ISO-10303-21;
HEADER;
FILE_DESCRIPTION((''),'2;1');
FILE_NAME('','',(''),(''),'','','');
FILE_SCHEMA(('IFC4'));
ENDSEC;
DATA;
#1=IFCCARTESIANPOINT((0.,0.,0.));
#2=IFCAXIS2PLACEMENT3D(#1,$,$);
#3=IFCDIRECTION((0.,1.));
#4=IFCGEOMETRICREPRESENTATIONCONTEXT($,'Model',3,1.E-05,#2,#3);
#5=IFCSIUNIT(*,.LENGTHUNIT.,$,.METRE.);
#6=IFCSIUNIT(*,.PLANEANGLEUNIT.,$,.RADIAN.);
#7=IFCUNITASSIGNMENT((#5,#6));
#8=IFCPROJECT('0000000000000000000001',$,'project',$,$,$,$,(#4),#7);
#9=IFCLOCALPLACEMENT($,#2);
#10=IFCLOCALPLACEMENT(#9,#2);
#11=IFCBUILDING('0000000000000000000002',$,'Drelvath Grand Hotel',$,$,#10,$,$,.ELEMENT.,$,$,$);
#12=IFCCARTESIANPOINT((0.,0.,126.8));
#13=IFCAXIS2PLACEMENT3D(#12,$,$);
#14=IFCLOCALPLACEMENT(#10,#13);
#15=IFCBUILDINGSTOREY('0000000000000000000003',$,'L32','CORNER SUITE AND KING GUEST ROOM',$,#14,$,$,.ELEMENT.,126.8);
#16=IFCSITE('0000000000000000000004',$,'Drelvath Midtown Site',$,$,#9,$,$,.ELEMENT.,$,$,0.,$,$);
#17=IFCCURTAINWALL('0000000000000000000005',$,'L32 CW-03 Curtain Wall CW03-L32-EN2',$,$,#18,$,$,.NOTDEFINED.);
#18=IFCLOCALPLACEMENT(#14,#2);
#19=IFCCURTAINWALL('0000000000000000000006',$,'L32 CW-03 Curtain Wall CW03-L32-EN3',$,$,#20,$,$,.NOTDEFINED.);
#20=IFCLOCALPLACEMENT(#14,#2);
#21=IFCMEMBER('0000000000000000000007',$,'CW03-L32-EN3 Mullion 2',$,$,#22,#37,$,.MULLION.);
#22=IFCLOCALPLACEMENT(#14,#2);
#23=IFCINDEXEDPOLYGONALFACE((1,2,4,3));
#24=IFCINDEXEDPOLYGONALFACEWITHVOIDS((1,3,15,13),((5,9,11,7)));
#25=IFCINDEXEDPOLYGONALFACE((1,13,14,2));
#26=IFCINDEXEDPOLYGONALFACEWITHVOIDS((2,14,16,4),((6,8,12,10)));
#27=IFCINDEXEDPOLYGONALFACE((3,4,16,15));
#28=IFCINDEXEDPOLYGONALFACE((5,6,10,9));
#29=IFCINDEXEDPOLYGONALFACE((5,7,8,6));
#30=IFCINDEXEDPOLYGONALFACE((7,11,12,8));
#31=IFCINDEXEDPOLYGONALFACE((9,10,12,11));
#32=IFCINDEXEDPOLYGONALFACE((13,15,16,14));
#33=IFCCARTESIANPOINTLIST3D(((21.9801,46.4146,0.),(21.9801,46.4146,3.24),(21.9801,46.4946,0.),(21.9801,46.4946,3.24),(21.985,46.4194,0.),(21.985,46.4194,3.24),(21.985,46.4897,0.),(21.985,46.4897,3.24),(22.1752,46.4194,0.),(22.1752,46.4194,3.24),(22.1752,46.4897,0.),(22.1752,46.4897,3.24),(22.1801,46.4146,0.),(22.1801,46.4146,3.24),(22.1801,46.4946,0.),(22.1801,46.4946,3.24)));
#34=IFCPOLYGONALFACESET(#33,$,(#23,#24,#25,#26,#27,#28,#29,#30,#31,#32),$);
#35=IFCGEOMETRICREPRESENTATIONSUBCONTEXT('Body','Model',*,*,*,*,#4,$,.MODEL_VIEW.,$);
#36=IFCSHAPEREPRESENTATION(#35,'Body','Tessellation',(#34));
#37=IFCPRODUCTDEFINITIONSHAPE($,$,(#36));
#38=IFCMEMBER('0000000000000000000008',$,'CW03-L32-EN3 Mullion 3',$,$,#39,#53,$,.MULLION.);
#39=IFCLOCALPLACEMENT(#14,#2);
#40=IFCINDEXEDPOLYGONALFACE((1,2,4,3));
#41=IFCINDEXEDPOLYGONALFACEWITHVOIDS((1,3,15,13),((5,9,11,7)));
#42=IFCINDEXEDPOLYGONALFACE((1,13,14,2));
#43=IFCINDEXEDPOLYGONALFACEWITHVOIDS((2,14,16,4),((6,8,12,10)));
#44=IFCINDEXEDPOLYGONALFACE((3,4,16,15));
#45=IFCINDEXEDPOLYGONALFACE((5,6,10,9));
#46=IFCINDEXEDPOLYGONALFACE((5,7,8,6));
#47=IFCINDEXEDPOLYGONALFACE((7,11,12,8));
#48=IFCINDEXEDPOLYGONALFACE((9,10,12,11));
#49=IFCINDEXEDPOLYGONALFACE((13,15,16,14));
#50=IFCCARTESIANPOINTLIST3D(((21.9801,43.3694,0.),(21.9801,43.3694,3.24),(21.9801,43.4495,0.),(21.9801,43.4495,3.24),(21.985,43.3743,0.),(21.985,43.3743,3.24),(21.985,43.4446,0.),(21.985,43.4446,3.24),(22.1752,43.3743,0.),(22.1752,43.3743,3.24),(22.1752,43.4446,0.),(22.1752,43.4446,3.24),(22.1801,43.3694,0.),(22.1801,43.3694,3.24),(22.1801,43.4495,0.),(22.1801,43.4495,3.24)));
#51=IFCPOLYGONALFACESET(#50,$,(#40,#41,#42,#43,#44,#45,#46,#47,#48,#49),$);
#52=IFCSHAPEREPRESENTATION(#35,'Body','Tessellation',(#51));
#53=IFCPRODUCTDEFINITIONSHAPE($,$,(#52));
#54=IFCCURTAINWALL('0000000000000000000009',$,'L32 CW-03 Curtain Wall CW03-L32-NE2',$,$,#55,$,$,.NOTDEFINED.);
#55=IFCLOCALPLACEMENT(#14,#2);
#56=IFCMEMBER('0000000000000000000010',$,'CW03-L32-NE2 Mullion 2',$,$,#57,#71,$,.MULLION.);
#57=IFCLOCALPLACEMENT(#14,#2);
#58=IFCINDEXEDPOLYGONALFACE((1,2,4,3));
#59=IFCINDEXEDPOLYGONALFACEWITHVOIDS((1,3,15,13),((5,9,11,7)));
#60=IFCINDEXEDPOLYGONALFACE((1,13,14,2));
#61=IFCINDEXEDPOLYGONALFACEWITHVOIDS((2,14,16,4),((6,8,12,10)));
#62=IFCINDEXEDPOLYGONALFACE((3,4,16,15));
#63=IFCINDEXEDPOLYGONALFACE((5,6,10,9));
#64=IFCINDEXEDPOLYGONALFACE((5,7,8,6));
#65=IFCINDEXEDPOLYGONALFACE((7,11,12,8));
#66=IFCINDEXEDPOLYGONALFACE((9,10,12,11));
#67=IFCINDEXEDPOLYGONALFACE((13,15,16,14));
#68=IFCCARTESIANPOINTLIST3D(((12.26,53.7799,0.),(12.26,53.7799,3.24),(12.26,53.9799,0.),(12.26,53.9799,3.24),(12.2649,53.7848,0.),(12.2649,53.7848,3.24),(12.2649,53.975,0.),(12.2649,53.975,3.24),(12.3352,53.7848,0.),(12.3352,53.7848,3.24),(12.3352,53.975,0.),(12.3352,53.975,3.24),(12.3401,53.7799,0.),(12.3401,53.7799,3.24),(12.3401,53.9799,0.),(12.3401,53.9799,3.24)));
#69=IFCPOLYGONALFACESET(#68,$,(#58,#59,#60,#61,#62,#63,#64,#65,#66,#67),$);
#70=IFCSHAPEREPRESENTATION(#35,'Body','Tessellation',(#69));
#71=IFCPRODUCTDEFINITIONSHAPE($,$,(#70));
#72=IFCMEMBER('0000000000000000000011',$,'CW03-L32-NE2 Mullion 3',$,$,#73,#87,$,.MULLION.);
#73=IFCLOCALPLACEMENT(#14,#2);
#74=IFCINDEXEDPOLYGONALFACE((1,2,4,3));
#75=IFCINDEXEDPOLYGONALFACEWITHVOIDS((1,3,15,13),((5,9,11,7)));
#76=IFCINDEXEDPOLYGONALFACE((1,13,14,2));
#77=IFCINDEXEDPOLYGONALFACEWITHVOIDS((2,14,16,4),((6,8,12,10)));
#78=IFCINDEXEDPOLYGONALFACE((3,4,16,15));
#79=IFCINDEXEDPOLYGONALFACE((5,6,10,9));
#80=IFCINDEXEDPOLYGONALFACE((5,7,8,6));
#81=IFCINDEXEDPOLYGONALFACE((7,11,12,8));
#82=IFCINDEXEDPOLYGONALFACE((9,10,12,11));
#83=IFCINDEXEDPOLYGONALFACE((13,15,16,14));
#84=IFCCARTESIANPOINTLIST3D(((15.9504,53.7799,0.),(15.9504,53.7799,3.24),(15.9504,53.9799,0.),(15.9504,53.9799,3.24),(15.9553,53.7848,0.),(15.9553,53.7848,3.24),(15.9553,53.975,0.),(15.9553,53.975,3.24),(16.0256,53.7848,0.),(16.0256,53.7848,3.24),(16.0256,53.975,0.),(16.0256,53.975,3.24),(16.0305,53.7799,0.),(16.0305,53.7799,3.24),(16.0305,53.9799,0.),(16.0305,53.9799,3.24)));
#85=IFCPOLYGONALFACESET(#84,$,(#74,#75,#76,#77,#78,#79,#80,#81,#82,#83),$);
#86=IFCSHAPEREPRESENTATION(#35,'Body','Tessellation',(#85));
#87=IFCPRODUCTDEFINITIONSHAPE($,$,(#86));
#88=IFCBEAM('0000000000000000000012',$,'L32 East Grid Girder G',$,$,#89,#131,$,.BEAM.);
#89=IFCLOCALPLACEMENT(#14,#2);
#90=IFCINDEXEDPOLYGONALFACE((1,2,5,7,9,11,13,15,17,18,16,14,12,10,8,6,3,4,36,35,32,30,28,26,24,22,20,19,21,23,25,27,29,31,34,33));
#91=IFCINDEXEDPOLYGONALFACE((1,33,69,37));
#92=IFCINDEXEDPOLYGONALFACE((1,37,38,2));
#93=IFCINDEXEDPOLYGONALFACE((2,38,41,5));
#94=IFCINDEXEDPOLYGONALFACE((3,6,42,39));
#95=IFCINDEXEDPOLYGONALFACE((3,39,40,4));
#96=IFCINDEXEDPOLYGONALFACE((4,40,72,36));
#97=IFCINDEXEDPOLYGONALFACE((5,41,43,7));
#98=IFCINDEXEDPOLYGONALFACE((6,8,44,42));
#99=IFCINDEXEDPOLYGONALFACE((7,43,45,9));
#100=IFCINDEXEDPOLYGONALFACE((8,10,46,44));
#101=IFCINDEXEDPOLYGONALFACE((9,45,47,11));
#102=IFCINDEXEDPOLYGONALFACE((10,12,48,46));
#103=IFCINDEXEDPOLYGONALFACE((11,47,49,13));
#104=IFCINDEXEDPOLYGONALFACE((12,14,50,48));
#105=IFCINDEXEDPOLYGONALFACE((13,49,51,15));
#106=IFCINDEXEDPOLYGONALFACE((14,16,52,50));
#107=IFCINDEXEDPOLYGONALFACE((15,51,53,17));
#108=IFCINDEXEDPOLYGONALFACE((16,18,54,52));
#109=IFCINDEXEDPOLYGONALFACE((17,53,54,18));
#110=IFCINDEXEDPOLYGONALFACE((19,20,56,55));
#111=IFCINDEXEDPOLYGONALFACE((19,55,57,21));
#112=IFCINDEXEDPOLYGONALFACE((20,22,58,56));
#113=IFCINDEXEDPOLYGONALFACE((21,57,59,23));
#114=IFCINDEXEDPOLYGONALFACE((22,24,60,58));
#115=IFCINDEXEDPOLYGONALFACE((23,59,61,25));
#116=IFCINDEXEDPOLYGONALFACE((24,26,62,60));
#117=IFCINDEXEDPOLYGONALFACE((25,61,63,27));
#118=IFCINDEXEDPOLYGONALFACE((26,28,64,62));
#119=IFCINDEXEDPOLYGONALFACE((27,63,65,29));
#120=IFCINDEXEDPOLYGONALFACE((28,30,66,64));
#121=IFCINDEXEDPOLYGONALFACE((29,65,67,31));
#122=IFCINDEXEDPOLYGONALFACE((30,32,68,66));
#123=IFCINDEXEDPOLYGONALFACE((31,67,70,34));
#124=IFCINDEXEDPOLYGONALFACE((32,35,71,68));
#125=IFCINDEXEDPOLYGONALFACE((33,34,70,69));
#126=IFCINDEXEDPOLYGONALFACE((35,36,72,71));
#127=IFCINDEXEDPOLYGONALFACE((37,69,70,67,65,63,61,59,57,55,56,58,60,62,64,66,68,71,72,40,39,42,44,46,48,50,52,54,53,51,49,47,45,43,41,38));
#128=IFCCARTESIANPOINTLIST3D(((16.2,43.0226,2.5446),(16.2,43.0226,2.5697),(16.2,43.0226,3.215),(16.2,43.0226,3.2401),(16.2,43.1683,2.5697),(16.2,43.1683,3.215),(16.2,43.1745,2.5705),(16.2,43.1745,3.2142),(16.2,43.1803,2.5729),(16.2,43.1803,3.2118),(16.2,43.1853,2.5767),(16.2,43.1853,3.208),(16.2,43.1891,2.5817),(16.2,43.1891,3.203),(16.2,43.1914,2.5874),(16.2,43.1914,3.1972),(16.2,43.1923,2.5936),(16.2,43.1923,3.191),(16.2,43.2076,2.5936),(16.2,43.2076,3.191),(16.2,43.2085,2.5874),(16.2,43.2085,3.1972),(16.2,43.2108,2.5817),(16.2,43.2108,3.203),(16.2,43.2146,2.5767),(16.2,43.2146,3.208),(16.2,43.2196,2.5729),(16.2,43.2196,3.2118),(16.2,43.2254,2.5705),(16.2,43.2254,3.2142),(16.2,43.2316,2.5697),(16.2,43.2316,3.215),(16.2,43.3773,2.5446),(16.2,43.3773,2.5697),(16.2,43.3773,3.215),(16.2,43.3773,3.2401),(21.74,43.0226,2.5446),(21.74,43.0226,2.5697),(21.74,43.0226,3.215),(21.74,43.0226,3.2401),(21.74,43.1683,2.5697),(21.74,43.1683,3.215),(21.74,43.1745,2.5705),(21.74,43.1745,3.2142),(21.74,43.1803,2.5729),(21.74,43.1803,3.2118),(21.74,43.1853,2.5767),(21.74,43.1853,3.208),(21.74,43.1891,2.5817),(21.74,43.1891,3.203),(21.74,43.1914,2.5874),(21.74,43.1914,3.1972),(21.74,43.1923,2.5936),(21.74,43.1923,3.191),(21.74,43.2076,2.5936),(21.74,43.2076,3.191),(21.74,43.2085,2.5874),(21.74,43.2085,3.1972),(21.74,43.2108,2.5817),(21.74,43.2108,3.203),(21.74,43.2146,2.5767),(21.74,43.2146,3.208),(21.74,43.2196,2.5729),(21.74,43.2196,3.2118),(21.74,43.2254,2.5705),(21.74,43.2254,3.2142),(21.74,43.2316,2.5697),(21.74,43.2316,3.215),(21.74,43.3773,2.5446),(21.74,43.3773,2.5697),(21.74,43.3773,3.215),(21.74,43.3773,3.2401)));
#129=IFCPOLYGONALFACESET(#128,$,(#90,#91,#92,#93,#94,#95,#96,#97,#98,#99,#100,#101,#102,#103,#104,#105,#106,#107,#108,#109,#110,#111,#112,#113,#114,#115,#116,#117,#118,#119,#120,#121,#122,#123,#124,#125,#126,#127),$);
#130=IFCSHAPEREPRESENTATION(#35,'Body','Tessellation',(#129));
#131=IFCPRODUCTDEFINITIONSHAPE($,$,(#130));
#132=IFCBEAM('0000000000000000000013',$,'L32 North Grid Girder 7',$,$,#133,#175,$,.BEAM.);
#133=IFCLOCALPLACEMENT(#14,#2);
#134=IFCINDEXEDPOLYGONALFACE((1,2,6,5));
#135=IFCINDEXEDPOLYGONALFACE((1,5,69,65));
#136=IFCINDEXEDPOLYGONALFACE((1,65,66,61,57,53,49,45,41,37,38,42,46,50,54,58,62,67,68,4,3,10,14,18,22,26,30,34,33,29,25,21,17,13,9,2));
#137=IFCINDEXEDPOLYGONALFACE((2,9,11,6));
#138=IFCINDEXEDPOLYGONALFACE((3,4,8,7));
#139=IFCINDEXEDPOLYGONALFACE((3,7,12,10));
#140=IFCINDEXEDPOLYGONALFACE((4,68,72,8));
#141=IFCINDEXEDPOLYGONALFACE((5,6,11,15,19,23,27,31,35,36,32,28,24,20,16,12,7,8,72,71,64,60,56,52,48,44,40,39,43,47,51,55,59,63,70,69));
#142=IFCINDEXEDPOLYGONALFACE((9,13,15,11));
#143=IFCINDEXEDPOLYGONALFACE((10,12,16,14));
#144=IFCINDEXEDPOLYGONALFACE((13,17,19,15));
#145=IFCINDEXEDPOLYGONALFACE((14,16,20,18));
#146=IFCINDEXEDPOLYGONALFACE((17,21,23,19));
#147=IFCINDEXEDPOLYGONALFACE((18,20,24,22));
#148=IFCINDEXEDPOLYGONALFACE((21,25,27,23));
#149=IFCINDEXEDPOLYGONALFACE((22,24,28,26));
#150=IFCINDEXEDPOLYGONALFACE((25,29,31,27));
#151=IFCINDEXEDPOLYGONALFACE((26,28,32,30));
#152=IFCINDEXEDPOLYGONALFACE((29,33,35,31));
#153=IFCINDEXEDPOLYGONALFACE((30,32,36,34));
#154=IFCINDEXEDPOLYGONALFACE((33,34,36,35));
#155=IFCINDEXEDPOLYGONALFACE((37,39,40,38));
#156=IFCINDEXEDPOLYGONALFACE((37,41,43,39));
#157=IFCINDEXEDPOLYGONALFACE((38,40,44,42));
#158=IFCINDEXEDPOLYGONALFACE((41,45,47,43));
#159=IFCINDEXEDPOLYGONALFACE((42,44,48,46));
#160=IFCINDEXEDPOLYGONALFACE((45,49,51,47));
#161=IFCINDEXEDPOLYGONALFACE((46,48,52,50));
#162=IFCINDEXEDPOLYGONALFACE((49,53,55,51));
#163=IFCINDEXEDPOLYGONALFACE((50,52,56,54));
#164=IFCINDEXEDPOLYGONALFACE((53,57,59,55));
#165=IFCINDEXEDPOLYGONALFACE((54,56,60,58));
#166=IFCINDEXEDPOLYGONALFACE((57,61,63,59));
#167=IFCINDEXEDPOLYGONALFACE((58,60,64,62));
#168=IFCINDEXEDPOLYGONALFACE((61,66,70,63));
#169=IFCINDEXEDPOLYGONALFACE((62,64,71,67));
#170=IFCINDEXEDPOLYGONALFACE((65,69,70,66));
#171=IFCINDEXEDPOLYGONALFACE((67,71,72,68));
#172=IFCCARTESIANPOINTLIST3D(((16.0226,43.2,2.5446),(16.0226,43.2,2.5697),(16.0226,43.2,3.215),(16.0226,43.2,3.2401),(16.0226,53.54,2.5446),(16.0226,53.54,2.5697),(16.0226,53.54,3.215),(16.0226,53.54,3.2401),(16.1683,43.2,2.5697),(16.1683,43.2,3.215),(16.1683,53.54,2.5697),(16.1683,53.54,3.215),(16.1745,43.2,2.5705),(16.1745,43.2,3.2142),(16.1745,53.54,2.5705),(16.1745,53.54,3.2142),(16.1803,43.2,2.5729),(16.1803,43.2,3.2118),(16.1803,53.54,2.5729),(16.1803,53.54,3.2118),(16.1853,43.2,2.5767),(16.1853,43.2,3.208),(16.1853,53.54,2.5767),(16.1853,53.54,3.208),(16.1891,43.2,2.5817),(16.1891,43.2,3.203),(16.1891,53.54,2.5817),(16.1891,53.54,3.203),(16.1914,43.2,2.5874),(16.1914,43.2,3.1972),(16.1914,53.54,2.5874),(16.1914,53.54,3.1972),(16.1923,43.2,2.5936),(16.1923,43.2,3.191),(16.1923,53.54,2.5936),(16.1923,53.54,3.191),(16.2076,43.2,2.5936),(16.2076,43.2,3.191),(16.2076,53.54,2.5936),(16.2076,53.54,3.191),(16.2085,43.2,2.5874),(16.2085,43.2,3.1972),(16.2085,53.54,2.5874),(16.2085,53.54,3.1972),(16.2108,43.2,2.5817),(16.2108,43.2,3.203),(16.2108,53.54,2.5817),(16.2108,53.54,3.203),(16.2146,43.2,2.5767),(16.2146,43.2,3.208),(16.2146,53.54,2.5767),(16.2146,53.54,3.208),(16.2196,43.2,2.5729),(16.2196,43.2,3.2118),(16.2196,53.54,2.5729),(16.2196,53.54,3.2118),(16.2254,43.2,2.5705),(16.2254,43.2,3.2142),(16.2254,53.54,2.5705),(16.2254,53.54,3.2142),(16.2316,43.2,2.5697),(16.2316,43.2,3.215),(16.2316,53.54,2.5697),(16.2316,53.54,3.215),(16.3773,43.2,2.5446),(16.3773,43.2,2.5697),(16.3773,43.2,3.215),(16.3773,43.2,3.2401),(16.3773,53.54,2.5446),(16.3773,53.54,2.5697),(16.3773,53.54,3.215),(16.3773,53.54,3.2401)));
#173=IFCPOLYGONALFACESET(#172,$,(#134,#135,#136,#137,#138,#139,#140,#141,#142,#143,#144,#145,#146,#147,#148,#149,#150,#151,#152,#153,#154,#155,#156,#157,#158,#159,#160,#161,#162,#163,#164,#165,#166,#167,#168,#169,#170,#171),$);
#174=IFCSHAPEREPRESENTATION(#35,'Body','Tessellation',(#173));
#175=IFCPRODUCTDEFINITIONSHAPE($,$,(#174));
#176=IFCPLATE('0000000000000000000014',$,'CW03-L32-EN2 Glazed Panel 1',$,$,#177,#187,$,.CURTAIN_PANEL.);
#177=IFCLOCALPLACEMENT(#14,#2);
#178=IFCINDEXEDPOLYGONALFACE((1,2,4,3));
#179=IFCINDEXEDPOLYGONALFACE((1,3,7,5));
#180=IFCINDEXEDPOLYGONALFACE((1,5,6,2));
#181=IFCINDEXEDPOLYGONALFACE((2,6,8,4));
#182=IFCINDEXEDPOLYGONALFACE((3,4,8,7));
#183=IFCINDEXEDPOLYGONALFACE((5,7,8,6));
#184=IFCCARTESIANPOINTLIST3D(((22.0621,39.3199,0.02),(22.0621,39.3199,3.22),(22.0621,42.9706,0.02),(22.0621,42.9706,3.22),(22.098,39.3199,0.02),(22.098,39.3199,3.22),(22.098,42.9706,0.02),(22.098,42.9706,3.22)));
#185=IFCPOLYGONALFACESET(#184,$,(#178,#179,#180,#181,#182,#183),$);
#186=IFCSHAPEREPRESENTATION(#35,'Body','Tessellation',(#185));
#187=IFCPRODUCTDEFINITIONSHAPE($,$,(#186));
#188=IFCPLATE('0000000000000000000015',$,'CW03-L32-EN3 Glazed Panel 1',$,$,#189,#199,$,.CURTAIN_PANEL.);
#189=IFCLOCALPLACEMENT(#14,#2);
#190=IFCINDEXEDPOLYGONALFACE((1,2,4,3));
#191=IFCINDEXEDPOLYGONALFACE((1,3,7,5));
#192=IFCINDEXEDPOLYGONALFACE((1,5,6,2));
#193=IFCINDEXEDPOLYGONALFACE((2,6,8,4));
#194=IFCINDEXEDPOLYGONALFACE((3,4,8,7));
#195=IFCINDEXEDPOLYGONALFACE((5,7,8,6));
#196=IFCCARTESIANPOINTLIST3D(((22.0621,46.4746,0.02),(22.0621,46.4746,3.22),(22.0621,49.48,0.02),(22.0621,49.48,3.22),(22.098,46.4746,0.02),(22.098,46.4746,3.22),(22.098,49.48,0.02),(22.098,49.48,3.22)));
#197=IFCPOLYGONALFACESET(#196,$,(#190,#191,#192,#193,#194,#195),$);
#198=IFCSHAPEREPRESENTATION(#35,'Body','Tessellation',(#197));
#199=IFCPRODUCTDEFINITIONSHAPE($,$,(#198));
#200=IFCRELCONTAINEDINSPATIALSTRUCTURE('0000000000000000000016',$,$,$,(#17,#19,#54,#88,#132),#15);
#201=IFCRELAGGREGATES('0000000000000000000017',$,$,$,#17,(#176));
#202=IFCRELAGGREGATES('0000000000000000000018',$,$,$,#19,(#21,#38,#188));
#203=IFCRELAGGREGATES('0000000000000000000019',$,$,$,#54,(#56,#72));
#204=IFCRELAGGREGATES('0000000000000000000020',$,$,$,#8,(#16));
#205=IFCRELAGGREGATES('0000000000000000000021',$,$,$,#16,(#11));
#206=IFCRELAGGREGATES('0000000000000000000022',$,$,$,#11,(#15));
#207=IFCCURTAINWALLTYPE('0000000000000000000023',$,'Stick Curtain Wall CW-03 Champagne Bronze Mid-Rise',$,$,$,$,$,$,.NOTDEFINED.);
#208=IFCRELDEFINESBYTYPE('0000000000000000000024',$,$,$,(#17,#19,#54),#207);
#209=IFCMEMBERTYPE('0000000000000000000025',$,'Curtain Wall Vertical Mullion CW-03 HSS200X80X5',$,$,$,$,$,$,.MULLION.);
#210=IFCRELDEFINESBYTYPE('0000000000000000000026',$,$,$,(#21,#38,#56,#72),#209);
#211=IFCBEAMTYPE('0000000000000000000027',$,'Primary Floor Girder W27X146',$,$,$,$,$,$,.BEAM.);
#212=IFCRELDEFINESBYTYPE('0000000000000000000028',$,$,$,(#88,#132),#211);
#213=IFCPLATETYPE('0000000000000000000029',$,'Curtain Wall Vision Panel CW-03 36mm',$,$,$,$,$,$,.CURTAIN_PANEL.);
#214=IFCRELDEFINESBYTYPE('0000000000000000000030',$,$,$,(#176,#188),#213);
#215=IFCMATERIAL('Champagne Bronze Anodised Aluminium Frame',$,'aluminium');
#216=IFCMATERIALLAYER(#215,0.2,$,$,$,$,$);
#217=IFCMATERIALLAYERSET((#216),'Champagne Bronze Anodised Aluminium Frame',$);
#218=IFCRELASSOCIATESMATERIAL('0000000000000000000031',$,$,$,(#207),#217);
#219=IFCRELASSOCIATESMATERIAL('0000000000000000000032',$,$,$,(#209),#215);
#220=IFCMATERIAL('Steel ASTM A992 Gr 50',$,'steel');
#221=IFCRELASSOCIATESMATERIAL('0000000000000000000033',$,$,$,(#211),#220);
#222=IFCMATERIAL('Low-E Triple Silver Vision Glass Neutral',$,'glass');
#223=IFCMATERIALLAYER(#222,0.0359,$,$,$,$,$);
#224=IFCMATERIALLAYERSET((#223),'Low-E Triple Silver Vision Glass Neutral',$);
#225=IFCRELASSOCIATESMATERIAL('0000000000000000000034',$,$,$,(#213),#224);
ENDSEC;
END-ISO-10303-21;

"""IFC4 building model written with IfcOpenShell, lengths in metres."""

from ifc_helpers import new_model, si_unit, direction, frame, origin, origin_2d, place, context, subcontext, project, spatial, rectangle, hollow_rectangle, i_section, extrude, material, layer, layer_set, material_profile, profile_set, type_object, element, aggregate, save


model = new_model("IFC4")

# Units and contexts
model_context = context("Model", 3, precision=1e-05, world=origin(), true_north=direction((0.0, 1.0)))
body_context = subcontext(model_context, "Body", "Model", "MODEL_VIEW")
ifc_project = project(units=[si_unit("LENGTHUNIT", "METRE"), si_unit("PLANEANGLEUNIT", "RADIAN")], contexts=[model_context])

# Site, building, storey
site_placement = place(None, origin())
site = spatial("IfcSite", under=ifc_project, at=site_placement, Name="Drelvath Midtown Site", CompositionType="ELEMENT", RefElevation=0.0)
building_placement = place(site_placement, origin())
building = spatial("IfcBuilding", under=site, at=building_placement, Name="Drelvath Grand Hotel", CompositionType="ELEMENT")
storey_placement = place(building_placement, frame((0.0, 0.0, 126.8)))
storey = spatial("IfcBuildingStorey", under=building, at=storey_placement, Name="L32", Description="CORNER SUITE AND KING GUEST ROOM", CompositionType="ELEMENT", Elevation=126.8)

# Curtain walls
ifc_material_1 = material(Name="Champagne Bronze Anodised Aluminium Frame", Category="aluminium")
ifc_layer_1 = layer(ifc_material_1, 0.2)
ifc_layer_set_1 = layer_set([ifc_layer_1], Name="Champagne Bronze Anodised Aluminium Frame")
curtain_wall_type = type_object("IfcCurtainWallType", Name="Stick Curtain Wall CW-03 Champagne Bronze Mid-Rise", PredefinedType="NOTDEFINED", material=ifc_layer_set_1)
curtain_wall_1_placement = place(storey_placement, origin())
curtain_wall_1 = element("IfcCurtainWall", 1, at=curtain_wall_1_placement, inside=storey, type_object=curtain_wall_type, Name="L32 CW-03 Curtain Wall CW03-L32-EN2", PredefinedType="NOTDEFINED")
curtain_wall_2_placement = place(storey_placement, origin())
curtain_wall_2 = element("IfcCurtainWall", 2, at=curtain_wall_2_placement, inside=storey, type_object=curtain_wall_type, Name="L32 CW-03 Curtain Wall CW03-L32-EN3", PredefinedType="NOTDEFINED")

# Members
ifc_material_profile_1 = material_profile(ifc_material_1, hollow_rectangle(XDim=0.0801, YDim=0.2, WallThickness=0.0049, at=origin_2d()), Name="HSS200X80X5")
ifc_profile_set_1 = profile_set([ifc_material_profile_1], Name="Champagne Bronze Anodised Aluminium Frame")
member_type_1 = type_object("IfcMemberType", Name="Curtain Wall Vertical Mullion CW-03 HSS200X80X5", PredefinedType="MULLION", material=ifc_profile_set_1)
member_1_placement = place(storey_placement, frame((22.0801, 46.4546, 0.0), z_axis=(0.0, 0.0, 1.0), x_axis=(0.0, 1.0, 0.0)))
member_1 = element("IfcMember", 3, at=member_1_placement, type_object=member_type_1, Name="CW03-L32-EN3 Mullion 2", PredefinedType="MULLION", context=body_context, shape_type="SweptSolid", body=[
    extrude(hollow_rectangle(XDim=0.0801, YDim=0.2, WallThickness=0.0049, at=origin_2d()), origin(), (0.0, 0.0, 1.0), 3.24),
])
member_2_placement = place(storey_placement, frame((22.0801, 43.4094, 0.0), z_axis=(0.0, 0.0, 1.0), x_axis=(0.0, 1.0, 0.0)))
member_2 = element("IfcMember", 4, at=member_2_placement, type_object=member_type_1, Name="CW03-L32-EN3 Mullion 3", PredefinedType="MULLION", context=body_context, shape_type="SweptSolid", body=[
    extrude(hollow_rectangle(XDim=0.0801, YDim=0.2, WallThickness=0.0049, at=origin_2d()), origin(), (0.0, 0.0, 1.0), 3.24),
])

# Curtain wall, members
curtain_wall_3_placement = place(storey_placement, origin())
curtain_wall_3 = element("IfcCurtainWall", 5, at=curtain_wall_3_placement, inside=storey, type_object=curtain_wall_type, Name="L32 CW-03 Curtain Wall CW03-L32-NE2", PredefinedType="NOTDEFINED")
member_3_placement = place(storey_placement, frame((12.3, 53.8799, 0.0), z_axis=(0.0, 0.0, 1.0), x_axis=(1.0, 0.0, 0.0)))
member_3 = element("IfcMember", 6, at=member_3_placement, type_object=member_type_1, Name="CW03-L32-NE2 Mullion 2", PredefinedType="MULLION", context=body_context, shape_type="SweptSolid", body=[
    extrude(hollow_rectangle(XDim=0.0801, YDim=0.2, WallThickness=0.0049, at=origin_2d()), origin(), (0.0, 0.0, 1.0), 3.24),
])
member_4_placement = place(storey_placement, frame((15.9905, 53.8799, 0.0), z_axis=(0.0, 0.0, 1.0), x_axis=(1.0, 0.0, 0.0)))
member_4 = element("IfcMember", 7, at=member_4_placement, type_object=member_type_1, Name="CW03-L32-NE2 Mullion 3", PredefinedType="MULLION", context=body_context, shape_type="SweptSolid", body=[
    extrude(hollow_rectangle(XDim=0.0801, YDim=0.2, WallThickness=0.0049, at=origin_2d()), origin(), (0.0, 0.0, 1.0), 3.24),
])

# Beams
ifc_material_2 = material(Name="Steel ASTM A992 Gr 50", Category="steel")
ifc_material_profile_2 = material_profile(ifc_material_2, i_section(OverallWidth=0.3547, OverallDepth=0.6956, WebThickness=0.0154, FlangeThickness=0.0251, FilletRadius=0.0239, at=origin_2d()), Name="W27X146")
ifc_profile_set_2 = profile_set([ifc_material_profile_2], Name="Steel ASTM A992 Gr 50")
beam_type = type_object("IfcBeamType", Name="Primary Floor Girder W27X146", PredefinedType="BEAM", material=ifc_profile_set_2)
beam_1_placement = place(storey_placement, frame((16.2, 43.2, 2.8923), z_axis=(1.0, 0.0, 0.0), x_axis=(0.0, 1.0, 0.0)))
element("IfcBeam", 8, at=beam_1_placement, inside=storey, type_object=beam_type, Name="L32 East Grid Girder G", PredefinedType="BEAM", context=body_context, shape_type="SweptSolid", body=[
    extrude(i_section(OverallWidth=0.3547, OverallDepth=0.6956, WebThickness=0.0154, FlangeThickness=0.0251, FilletRadius=0.0239, at=origin_2d()), origin(), (0.0, 0.0, 1.0), 5.54),
])
beam_2_placement = place(storey_placement, frame((16.2, 43.2, 2.8923), z_axis=(0.0, 1.0, 0.0), x_axis=(-1.0, 0.0, 0.0)))
element("IfcBeam", 9, at=beam_2_placement, inside=storey, type_object=beam_type, Name="L32 North Grid Girder 7", PredefinedType="BEAM", context=body_context, shape_type="SweptSolid", body=[
    extrude(i_section(OverallWidth=0.3547, OverallDepth=0.6956, WebThickness=0.0154, FlangeThickness=0.0251, FilletRadius=0.0239, at=origin_2d()), origin(), (0.0, 0.0, 1.0), 10.3401),
])

# Plates
ifc_material_3 = material(Name="Low-E Triple Silver Vision Glass Neutral", Category="glass")
ifc_layer_2 = layer(ifc_material_3, 0.0359)
ifc_layer_set_2 = layer_set([ifc_layer_2], Name="Low-E Triple Silver Vision Glass Neutral")
plate_type = type_object("IfcPlateType", Name="Curtain Wall Vision Panel CW-03 36mm", PredefinedType="CURTAIN_PANEL", material=ifc_layer_set_2)
plate_1_placement = place(storey_placement, frame((22.0801, 41.1453, 0.02), z_axis=(0.0, 0.0, 1.0), x_axis=(0.0, -1.0, 0.0)))
plate_1 = element("IfcPlate", 10, at=plate_1_placement, type_object=plate_type, Name="CW03-L32-EN2 Glazed Panel 1", PredefinedType="CURTAIN_PANEL", context=body_context, shape_type="SweptSolid", body=[
    extrude(rectangle(XDim=3.6506, YDim=0.0359, at=origin_2d()), origin(), (0.0, 0.0, 1.0), 3.2),
])
aggregate(curtain_wall_1, [plate_1])
plate_2_placement = place(storey_placement, frame((22.0801, 47.9773, 0.02), z_axis=(0.0, 0.0, 1.0), x_axis=(0.0, -1.0, 0.0)))
plate_2 = element("IfcPlate", 11, at=plate_2_placement, type_object=plate_type, Name="CW03-L32-EN3 Glazed Panel 1", PredefinedType="CURTAIN_PANEL", context=body_context, shape_type="SweptSolid", body=[
    extrude(rectangle(XDim=3.0054, YDim=0.0359, at=origin_2d()), origin(), (0.0, 0.0, 1.0), 3.2),
])
aggregate(curtain_wall_2, [member_1, member_2, plate_2])
aggregate(curtain_wall_3, [member_3, member_4])

save(model, "model.ifc")
